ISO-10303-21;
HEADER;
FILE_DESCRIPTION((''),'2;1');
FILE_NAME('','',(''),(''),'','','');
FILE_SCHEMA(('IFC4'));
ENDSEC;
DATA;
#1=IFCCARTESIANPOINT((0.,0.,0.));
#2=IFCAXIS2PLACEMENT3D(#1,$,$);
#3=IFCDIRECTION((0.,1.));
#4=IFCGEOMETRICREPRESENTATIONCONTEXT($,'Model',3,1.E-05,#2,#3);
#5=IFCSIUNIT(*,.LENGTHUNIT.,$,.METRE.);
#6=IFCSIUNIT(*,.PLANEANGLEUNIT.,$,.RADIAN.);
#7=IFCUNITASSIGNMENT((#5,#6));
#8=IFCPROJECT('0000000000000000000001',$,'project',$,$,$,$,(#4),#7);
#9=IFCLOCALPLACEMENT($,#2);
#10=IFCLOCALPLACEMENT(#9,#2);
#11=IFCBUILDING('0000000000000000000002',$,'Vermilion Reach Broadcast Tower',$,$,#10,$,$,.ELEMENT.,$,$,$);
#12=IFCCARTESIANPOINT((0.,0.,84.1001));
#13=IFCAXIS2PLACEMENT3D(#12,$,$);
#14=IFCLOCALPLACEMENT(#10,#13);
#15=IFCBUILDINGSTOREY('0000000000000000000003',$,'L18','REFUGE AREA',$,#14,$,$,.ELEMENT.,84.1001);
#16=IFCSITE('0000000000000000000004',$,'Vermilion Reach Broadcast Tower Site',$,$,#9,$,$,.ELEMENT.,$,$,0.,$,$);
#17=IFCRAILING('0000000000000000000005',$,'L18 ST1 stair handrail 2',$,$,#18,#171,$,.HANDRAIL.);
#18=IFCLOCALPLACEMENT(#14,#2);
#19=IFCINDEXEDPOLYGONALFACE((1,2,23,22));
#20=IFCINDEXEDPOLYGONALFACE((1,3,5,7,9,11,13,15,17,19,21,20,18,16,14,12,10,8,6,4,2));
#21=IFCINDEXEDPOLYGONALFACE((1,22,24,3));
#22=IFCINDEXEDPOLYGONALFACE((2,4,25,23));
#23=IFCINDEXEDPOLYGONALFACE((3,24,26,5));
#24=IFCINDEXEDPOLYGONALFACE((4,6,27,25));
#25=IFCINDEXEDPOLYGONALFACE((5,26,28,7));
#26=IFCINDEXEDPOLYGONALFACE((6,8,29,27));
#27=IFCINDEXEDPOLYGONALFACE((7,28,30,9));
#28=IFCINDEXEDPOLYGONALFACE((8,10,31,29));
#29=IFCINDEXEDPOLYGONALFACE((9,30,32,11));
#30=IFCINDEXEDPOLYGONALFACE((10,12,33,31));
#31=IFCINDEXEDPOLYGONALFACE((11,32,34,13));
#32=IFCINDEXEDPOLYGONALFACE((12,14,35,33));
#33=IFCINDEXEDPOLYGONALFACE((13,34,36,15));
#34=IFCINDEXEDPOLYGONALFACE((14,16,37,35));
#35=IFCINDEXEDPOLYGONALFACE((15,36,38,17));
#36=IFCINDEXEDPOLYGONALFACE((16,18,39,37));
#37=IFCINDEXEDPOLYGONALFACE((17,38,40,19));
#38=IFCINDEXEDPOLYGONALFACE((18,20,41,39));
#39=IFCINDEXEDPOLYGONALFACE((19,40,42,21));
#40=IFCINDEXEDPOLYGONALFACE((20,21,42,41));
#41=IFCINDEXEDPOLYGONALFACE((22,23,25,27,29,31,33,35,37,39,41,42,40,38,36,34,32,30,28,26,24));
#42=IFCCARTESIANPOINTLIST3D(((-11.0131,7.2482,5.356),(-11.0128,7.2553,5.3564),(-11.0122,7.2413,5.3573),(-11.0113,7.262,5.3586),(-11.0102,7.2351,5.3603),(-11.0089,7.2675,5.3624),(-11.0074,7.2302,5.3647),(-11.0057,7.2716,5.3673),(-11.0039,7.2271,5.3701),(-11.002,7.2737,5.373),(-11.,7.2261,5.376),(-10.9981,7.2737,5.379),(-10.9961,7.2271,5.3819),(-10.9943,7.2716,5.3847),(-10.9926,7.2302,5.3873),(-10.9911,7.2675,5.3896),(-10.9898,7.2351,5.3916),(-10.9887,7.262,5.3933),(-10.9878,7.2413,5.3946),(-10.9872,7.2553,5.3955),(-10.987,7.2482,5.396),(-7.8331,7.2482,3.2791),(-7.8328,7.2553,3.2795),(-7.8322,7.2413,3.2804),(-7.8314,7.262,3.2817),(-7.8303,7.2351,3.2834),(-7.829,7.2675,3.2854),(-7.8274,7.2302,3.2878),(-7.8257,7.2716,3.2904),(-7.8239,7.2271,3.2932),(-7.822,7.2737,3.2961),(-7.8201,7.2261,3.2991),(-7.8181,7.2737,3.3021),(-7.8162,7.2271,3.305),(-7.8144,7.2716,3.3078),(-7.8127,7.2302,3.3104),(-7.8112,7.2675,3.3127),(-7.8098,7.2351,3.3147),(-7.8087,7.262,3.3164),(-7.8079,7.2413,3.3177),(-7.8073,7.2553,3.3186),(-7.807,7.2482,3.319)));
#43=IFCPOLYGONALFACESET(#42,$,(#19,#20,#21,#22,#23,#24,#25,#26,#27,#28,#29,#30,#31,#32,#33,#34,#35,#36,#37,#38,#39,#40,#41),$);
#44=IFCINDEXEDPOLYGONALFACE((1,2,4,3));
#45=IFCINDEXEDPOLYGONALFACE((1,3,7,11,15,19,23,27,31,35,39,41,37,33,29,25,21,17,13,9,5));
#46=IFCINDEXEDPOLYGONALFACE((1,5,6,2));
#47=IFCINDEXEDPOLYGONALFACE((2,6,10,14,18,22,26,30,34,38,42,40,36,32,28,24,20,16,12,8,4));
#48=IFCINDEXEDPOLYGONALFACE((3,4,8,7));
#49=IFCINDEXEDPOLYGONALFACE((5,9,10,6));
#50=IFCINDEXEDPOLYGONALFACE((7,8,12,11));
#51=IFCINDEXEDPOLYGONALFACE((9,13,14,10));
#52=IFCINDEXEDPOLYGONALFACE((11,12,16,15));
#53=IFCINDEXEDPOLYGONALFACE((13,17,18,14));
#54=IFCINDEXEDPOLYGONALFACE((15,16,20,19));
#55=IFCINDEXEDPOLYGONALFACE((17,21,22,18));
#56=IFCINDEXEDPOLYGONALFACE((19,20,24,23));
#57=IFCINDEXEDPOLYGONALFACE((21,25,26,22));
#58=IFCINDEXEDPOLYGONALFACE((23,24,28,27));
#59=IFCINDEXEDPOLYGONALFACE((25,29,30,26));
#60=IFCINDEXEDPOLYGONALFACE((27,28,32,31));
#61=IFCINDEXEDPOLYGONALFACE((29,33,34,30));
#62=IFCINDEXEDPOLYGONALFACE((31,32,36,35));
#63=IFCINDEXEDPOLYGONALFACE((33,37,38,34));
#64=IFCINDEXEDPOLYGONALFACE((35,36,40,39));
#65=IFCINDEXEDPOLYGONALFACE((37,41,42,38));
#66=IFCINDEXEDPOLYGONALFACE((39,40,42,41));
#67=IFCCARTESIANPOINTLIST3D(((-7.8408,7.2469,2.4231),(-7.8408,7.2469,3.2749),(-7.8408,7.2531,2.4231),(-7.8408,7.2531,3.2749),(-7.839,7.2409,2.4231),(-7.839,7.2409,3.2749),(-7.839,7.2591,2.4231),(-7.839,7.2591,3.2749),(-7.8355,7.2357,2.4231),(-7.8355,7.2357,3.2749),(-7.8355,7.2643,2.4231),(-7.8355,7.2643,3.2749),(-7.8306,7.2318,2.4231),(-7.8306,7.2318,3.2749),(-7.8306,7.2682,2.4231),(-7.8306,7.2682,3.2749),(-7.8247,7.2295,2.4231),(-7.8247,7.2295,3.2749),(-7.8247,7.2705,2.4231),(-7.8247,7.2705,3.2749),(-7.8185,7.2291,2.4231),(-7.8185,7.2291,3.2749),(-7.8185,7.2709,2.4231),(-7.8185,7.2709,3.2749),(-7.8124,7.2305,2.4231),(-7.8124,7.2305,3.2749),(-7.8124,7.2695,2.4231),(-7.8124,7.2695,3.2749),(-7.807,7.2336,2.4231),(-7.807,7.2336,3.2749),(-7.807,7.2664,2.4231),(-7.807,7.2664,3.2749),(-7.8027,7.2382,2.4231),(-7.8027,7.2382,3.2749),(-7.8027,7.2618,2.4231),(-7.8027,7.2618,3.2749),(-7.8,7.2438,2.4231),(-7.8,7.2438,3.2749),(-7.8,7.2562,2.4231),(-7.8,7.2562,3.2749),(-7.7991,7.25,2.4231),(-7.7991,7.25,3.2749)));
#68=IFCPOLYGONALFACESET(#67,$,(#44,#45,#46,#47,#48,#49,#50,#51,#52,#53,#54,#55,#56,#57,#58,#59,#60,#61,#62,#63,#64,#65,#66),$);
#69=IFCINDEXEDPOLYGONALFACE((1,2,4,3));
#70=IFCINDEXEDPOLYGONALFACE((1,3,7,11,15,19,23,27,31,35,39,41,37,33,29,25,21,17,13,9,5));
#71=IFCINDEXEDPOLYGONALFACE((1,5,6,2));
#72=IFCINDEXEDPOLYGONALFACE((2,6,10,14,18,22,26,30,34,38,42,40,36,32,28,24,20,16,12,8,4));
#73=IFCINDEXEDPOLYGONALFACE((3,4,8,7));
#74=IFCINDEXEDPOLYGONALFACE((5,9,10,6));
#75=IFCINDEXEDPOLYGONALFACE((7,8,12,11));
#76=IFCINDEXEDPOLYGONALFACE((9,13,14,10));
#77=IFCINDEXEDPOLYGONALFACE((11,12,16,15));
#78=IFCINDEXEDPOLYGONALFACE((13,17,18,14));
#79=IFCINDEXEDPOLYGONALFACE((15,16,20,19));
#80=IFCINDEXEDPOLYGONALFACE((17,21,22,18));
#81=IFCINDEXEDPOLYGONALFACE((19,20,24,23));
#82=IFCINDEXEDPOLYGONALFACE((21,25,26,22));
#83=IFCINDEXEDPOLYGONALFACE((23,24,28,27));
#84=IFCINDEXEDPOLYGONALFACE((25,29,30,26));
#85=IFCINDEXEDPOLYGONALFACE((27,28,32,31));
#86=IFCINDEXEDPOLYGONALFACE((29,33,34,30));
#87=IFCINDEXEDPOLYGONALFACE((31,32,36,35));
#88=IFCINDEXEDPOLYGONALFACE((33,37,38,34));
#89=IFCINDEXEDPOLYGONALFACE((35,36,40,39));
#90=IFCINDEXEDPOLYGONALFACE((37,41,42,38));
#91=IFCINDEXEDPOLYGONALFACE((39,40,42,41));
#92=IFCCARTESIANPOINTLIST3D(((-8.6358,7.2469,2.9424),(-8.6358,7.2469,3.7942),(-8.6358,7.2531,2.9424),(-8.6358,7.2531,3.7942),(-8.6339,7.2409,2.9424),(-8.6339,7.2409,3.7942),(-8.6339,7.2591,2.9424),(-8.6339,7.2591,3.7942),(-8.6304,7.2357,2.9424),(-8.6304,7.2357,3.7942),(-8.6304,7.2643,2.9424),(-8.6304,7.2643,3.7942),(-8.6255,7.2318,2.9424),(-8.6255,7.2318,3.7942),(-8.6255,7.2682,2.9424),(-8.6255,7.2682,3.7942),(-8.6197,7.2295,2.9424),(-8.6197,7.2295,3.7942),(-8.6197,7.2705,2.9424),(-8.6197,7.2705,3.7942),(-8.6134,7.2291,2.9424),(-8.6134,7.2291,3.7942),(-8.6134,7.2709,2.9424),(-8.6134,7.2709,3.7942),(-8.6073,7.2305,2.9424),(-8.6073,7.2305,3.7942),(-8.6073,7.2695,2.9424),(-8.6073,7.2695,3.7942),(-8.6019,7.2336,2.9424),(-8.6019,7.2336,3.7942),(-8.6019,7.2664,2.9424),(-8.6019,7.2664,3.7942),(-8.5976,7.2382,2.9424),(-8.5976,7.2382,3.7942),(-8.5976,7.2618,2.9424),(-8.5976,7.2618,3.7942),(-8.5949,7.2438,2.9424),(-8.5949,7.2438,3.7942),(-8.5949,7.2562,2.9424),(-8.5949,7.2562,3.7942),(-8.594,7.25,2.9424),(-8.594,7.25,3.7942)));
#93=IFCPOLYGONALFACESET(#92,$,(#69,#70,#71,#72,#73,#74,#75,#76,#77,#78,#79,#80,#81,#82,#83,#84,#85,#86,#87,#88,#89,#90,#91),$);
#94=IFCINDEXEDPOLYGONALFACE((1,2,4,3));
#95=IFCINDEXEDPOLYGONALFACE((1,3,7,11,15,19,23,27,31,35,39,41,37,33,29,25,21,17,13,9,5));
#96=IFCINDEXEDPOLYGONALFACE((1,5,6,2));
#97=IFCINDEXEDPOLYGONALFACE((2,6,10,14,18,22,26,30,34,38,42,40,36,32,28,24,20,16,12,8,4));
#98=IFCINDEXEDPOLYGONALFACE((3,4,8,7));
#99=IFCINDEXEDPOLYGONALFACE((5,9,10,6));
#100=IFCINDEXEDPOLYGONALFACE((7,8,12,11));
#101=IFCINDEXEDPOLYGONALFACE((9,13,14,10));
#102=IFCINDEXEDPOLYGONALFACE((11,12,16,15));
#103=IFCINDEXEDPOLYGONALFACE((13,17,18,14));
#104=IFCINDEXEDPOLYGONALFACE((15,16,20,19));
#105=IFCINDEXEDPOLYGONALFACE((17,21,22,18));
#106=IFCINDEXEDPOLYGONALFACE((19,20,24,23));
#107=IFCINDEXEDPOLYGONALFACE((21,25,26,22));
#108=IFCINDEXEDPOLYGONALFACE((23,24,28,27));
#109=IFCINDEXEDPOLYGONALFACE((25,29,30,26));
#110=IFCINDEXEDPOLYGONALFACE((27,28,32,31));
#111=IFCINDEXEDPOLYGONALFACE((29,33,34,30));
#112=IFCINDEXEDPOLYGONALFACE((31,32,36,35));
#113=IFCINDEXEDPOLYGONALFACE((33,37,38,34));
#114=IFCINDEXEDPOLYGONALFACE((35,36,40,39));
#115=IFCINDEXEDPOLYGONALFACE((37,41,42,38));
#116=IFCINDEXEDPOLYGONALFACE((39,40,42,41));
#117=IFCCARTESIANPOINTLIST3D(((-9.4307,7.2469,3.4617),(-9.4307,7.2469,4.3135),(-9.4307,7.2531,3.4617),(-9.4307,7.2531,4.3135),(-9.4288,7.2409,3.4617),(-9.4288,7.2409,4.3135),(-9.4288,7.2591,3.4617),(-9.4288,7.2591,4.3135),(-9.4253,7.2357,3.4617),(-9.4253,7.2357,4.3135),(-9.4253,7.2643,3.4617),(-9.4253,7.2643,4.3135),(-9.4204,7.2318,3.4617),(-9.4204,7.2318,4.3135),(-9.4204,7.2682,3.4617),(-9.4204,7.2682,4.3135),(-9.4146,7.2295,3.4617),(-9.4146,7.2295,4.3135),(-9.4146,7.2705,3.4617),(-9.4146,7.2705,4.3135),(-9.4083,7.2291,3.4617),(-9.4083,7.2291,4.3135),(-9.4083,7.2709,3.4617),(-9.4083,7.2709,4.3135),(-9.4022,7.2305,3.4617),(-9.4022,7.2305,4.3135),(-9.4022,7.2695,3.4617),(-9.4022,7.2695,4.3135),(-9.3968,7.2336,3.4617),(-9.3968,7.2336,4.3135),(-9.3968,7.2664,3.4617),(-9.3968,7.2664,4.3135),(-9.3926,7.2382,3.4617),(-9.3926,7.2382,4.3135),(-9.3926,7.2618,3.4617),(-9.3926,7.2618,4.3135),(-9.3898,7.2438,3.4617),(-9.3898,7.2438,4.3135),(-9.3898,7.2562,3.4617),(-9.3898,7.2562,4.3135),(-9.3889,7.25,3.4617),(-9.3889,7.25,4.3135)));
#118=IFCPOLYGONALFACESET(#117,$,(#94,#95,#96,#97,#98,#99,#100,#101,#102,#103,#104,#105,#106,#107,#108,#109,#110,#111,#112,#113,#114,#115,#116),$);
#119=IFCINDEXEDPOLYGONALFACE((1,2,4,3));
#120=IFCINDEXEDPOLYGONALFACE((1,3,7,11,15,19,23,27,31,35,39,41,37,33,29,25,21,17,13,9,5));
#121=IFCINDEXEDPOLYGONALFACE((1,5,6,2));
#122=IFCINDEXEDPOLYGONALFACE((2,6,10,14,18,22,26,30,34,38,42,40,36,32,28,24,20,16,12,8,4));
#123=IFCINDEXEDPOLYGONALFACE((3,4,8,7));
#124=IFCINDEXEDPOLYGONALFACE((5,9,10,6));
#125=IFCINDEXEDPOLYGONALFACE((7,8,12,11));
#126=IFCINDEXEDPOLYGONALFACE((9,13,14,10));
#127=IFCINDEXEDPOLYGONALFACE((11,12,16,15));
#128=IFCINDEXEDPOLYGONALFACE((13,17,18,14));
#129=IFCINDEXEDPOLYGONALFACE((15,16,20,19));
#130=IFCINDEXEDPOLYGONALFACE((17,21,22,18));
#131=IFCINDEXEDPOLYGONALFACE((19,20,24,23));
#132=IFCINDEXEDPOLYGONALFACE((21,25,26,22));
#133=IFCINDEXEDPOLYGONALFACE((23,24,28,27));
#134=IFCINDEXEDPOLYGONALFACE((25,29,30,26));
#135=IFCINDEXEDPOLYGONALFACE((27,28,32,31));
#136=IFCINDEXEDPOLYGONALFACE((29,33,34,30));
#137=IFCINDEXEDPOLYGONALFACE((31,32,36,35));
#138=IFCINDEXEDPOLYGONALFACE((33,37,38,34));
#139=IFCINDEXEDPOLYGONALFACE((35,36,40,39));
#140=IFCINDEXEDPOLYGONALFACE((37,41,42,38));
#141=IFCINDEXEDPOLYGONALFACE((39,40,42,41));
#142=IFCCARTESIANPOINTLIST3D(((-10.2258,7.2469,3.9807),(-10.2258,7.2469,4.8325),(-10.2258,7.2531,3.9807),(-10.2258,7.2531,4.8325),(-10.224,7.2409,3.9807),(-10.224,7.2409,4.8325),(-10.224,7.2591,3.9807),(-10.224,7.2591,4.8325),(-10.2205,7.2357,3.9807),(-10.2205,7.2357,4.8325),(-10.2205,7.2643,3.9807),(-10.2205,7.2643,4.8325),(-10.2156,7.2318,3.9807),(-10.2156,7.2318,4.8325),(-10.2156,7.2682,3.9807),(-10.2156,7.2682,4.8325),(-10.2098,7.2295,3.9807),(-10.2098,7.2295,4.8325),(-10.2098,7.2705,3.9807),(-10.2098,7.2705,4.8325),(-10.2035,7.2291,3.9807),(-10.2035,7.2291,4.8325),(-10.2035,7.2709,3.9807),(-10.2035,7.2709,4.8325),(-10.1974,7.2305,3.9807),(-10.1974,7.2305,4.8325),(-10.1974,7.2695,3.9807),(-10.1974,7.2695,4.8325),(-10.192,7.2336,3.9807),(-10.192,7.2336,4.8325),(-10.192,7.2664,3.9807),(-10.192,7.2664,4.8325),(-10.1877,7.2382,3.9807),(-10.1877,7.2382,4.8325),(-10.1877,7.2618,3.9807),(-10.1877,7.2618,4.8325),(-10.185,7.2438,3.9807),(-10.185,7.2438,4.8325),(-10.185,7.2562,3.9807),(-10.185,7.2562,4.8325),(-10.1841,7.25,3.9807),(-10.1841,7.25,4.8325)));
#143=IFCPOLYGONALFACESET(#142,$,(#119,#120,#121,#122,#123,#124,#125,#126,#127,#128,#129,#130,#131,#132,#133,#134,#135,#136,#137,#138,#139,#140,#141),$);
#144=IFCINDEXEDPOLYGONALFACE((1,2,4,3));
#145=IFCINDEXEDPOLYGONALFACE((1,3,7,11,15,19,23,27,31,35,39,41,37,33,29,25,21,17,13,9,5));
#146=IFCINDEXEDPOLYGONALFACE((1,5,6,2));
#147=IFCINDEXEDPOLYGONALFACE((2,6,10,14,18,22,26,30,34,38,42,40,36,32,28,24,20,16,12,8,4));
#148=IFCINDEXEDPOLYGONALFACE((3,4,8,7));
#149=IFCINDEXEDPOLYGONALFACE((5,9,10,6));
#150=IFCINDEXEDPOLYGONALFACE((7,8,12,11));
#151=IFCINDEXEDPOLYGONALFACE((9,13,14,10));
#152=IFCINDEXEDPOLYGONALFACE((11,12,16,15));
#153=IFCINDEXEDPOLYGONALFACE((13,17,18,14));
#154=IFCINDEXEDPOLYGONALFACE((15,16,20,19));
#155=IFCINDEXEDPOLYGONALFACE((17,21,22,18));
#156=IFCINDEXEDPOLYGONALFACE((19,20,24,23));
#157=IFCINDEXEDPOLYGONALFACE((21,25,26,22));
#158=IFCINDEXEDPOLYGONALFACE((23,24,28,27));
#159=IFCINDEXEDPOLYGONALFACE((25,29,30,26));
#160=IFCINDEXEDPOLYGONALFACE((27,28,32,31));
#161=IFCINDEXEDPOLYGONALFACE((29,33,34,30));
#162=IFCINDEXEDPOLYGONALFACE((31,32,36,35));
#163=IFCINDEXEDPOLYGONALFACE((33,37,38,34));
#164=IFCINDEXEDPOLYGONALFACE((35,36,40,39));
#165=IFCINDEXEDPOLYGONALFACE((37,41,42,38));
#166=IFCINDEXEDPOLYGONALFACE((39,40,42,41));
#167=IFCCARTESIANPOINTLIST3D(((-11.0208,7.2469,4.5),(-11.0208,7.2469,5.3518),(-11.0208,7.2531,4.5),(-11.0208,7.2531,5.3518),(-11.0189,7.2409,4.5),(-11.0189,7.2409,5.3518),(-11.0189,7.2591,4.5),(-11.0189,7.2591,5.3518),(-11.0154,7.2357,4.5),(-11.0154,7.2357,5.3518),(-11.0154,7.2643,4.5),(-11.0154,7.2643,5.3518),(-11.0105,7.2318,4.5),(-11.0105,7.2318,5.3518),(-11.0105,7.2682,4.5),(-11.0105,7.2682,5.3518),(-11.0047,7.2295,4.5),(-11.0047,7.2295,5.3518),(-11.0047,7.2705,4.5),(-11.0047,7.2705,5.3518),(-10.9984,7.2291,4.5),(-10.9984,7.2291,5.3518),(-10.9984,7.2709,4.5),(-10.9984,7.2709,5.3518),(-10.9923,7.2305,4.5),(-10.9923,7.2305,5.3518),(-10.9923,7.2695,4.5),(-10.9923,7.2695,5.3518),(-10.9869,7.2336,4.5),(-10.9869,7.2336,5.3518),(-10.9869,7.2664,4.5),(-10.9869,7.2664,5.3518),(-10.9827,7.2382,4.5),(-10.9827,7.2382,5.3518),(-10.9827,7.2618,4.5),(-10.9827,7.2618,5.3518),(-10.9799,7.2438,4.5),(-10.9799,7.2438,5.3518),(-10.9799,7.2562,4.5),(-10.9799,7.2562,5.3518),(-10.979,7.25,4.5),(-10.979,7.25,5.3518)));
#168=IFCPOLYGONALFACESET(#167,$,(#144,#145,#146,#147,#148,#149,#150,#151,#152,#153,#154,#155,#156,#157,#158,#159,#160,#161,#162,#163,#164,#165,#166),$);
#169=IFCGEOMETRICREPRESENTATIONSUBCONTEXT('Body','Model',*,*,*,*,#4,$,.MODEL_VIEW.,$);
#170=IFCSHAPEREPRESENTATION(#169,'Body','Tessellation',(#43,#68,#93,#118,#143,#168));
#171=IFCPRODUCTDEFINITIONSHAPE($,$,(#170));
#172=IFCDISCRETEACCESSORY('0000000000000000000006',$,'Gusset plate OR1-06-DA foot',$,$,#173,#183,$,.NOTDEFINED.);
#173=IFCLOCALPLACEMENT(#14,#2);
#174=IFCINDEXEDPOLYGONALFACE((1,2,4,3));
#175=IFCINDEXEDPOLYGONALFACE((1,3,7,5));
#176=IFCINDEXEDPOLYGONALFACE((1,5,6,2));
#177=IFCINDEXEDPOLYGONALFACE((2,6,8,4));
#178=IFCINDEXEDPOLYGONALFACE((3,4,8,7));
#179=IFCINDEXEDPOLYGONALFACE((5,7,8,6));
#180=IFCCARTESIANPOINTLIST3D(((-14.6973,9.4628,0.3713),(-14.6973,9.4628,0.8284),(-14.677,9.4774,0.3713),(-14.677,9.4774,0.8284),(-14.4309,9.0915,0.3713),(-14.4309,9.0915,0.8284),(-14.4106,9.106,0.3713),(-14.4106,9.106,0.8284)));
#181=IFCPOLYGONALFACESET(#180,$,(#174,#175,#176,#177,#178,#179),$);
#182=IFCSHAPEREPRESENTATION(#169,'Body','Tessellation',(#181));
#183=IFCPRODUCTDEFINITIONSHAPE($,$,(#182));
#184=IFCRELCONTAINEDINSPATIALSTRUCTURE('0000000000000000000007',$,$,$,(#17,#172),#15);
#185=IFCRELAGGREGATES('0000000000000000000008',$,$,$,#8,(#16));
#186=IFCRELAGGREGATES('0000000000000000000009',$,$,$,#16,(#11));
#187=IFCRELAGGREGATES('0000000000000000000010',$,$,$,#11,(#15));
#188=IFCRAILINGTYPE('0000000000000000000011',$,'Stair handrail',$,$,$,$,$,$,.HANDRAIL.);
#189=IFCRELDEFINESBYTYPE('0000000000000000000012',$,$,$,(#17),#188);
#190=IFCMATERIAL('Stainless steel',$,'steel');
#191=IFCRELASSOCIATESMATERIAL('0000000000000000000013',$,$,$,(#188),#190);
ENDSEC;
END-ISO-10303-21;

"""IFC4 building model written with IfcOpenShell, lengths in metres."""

from ifc_helpers import new_model, si_unit, direction, frame, origin, origin_2d, place, context, subcontext, project, spatial, rectangle, circle, extrude, material, type_object, element, save


model = new_model("IFC4")

# Units and contexts
model_context = context("Model", 3, precision=1e-05, world=origin(), true_north=direction((0.0, 1.0)))
body_context = subcontext(model_context, "Body", "Model", "MODEL_VIEW")
ifc_project = project(units=[si_unit("LENGTHUNIT", "METRE"), si_unit("PLANEANGLEUNIT", "RADIAN")], contexts=[model_context])

# Site, building, storey
site_placement = place(None, origin())
site = spatial("IfcSite", under=ifc_project, at=site_placement, Name="Vermilion Reach Broadcast Tower Site", CompositionType="ELEMENT", RefElevation=0.0)
building_placement = place(site_placement, origin())
building = spatial("IfcBuilding", under=site, at=building_placement, Name="Vermilion Reach Broadcast Tower", CompositionType="ELEMENT")
storey_placement = place(building_placement, frame((0.0, 0.0, 84.1001)))
storey = spatial("IfcBuildingStorey", under=building, at=storey_placement, Name="L18", Description="REFUGE AREA", CompositionType="ELEMENT", Elevation=84.1001)

# Railing
ifc_material_1 = material(Name="Stainless steel", Category="steel")
railing_type_1 = type_object("IfcRailingType", Name="Stair handrail", PredefinedType="HANDRAIL", material=ifc_material_1)
railing_1_placement = place(storey_placement, frame((-7.8201, 7.25, 2.4231)))
element("IfcRailing", 1, at=railing_1_placement, inside=storey, type_object=railing_type_1, Name="L18 ST1 stair handrail 2", PredefinedType="HANDRAIL", context=body_context, shape_type="SweptSolid", body=[
    extrude(circle(Radius=0.0239, at=origin_2d()), frame((0.0, 0.0, 0.876), z_axis=(-0.837245, 0.0, 0.546828), x_axis=(0.0, -1.0, 0.0)), (0.0, 0.0, 1.0), 3.7981),
    extrude(circle(Radius=0.021, at=origin_2d()), origin(), (0.0, 0.0, 1.0), 0.8518),
    extrude(circle(Radius=0.021, at=origin_2d()), frame((-0.7949, 0.0, 0.5193)), (0.0, 0.0, 1.0), 0.8518),
    extrude(circle(Radius=0.021, at=origin_2d()), frame((-1.5898, 0.0, 1.0386)), (0.0, 0.0, 1.0), 0.8518),
    extrude(circle(Radius=0.021, at=origin_2d()), frame((-2.385, 0.0, 1.5576)), (0.0, 0.0, 1.0), 0.8518),
    extrude(circle(Radius=0.021, at=origin_2d()), frame((-3.1799, 0.0, 2.0769)), (0.0, 0.0, 1.0), 0.8518),
])

# Discrete accessory
discrete_accessory_placement = place(storey_placement, frame((-14.554, 9.2844, 0.3713), z_axis=(0.0, 0.0, 1.0), x_axis=(-0.812521, -0.582932, 0.0)))
element("IfcDiscreteAccessory", 2, at=discrete_accessory_placement, inside=storey, Name="Gusset plate OR1-06-DA foot", PredefinedType="NOTDEFINED", context=body_context, shape_type="SweptSolid", body=[
    extrude(rectangle(XDim=0.0249, YDim=0.457, at=origin_2d()), origin(), (0.0, 0.0, 1.0), 0.457),
])

save(model, "model.ifc")
